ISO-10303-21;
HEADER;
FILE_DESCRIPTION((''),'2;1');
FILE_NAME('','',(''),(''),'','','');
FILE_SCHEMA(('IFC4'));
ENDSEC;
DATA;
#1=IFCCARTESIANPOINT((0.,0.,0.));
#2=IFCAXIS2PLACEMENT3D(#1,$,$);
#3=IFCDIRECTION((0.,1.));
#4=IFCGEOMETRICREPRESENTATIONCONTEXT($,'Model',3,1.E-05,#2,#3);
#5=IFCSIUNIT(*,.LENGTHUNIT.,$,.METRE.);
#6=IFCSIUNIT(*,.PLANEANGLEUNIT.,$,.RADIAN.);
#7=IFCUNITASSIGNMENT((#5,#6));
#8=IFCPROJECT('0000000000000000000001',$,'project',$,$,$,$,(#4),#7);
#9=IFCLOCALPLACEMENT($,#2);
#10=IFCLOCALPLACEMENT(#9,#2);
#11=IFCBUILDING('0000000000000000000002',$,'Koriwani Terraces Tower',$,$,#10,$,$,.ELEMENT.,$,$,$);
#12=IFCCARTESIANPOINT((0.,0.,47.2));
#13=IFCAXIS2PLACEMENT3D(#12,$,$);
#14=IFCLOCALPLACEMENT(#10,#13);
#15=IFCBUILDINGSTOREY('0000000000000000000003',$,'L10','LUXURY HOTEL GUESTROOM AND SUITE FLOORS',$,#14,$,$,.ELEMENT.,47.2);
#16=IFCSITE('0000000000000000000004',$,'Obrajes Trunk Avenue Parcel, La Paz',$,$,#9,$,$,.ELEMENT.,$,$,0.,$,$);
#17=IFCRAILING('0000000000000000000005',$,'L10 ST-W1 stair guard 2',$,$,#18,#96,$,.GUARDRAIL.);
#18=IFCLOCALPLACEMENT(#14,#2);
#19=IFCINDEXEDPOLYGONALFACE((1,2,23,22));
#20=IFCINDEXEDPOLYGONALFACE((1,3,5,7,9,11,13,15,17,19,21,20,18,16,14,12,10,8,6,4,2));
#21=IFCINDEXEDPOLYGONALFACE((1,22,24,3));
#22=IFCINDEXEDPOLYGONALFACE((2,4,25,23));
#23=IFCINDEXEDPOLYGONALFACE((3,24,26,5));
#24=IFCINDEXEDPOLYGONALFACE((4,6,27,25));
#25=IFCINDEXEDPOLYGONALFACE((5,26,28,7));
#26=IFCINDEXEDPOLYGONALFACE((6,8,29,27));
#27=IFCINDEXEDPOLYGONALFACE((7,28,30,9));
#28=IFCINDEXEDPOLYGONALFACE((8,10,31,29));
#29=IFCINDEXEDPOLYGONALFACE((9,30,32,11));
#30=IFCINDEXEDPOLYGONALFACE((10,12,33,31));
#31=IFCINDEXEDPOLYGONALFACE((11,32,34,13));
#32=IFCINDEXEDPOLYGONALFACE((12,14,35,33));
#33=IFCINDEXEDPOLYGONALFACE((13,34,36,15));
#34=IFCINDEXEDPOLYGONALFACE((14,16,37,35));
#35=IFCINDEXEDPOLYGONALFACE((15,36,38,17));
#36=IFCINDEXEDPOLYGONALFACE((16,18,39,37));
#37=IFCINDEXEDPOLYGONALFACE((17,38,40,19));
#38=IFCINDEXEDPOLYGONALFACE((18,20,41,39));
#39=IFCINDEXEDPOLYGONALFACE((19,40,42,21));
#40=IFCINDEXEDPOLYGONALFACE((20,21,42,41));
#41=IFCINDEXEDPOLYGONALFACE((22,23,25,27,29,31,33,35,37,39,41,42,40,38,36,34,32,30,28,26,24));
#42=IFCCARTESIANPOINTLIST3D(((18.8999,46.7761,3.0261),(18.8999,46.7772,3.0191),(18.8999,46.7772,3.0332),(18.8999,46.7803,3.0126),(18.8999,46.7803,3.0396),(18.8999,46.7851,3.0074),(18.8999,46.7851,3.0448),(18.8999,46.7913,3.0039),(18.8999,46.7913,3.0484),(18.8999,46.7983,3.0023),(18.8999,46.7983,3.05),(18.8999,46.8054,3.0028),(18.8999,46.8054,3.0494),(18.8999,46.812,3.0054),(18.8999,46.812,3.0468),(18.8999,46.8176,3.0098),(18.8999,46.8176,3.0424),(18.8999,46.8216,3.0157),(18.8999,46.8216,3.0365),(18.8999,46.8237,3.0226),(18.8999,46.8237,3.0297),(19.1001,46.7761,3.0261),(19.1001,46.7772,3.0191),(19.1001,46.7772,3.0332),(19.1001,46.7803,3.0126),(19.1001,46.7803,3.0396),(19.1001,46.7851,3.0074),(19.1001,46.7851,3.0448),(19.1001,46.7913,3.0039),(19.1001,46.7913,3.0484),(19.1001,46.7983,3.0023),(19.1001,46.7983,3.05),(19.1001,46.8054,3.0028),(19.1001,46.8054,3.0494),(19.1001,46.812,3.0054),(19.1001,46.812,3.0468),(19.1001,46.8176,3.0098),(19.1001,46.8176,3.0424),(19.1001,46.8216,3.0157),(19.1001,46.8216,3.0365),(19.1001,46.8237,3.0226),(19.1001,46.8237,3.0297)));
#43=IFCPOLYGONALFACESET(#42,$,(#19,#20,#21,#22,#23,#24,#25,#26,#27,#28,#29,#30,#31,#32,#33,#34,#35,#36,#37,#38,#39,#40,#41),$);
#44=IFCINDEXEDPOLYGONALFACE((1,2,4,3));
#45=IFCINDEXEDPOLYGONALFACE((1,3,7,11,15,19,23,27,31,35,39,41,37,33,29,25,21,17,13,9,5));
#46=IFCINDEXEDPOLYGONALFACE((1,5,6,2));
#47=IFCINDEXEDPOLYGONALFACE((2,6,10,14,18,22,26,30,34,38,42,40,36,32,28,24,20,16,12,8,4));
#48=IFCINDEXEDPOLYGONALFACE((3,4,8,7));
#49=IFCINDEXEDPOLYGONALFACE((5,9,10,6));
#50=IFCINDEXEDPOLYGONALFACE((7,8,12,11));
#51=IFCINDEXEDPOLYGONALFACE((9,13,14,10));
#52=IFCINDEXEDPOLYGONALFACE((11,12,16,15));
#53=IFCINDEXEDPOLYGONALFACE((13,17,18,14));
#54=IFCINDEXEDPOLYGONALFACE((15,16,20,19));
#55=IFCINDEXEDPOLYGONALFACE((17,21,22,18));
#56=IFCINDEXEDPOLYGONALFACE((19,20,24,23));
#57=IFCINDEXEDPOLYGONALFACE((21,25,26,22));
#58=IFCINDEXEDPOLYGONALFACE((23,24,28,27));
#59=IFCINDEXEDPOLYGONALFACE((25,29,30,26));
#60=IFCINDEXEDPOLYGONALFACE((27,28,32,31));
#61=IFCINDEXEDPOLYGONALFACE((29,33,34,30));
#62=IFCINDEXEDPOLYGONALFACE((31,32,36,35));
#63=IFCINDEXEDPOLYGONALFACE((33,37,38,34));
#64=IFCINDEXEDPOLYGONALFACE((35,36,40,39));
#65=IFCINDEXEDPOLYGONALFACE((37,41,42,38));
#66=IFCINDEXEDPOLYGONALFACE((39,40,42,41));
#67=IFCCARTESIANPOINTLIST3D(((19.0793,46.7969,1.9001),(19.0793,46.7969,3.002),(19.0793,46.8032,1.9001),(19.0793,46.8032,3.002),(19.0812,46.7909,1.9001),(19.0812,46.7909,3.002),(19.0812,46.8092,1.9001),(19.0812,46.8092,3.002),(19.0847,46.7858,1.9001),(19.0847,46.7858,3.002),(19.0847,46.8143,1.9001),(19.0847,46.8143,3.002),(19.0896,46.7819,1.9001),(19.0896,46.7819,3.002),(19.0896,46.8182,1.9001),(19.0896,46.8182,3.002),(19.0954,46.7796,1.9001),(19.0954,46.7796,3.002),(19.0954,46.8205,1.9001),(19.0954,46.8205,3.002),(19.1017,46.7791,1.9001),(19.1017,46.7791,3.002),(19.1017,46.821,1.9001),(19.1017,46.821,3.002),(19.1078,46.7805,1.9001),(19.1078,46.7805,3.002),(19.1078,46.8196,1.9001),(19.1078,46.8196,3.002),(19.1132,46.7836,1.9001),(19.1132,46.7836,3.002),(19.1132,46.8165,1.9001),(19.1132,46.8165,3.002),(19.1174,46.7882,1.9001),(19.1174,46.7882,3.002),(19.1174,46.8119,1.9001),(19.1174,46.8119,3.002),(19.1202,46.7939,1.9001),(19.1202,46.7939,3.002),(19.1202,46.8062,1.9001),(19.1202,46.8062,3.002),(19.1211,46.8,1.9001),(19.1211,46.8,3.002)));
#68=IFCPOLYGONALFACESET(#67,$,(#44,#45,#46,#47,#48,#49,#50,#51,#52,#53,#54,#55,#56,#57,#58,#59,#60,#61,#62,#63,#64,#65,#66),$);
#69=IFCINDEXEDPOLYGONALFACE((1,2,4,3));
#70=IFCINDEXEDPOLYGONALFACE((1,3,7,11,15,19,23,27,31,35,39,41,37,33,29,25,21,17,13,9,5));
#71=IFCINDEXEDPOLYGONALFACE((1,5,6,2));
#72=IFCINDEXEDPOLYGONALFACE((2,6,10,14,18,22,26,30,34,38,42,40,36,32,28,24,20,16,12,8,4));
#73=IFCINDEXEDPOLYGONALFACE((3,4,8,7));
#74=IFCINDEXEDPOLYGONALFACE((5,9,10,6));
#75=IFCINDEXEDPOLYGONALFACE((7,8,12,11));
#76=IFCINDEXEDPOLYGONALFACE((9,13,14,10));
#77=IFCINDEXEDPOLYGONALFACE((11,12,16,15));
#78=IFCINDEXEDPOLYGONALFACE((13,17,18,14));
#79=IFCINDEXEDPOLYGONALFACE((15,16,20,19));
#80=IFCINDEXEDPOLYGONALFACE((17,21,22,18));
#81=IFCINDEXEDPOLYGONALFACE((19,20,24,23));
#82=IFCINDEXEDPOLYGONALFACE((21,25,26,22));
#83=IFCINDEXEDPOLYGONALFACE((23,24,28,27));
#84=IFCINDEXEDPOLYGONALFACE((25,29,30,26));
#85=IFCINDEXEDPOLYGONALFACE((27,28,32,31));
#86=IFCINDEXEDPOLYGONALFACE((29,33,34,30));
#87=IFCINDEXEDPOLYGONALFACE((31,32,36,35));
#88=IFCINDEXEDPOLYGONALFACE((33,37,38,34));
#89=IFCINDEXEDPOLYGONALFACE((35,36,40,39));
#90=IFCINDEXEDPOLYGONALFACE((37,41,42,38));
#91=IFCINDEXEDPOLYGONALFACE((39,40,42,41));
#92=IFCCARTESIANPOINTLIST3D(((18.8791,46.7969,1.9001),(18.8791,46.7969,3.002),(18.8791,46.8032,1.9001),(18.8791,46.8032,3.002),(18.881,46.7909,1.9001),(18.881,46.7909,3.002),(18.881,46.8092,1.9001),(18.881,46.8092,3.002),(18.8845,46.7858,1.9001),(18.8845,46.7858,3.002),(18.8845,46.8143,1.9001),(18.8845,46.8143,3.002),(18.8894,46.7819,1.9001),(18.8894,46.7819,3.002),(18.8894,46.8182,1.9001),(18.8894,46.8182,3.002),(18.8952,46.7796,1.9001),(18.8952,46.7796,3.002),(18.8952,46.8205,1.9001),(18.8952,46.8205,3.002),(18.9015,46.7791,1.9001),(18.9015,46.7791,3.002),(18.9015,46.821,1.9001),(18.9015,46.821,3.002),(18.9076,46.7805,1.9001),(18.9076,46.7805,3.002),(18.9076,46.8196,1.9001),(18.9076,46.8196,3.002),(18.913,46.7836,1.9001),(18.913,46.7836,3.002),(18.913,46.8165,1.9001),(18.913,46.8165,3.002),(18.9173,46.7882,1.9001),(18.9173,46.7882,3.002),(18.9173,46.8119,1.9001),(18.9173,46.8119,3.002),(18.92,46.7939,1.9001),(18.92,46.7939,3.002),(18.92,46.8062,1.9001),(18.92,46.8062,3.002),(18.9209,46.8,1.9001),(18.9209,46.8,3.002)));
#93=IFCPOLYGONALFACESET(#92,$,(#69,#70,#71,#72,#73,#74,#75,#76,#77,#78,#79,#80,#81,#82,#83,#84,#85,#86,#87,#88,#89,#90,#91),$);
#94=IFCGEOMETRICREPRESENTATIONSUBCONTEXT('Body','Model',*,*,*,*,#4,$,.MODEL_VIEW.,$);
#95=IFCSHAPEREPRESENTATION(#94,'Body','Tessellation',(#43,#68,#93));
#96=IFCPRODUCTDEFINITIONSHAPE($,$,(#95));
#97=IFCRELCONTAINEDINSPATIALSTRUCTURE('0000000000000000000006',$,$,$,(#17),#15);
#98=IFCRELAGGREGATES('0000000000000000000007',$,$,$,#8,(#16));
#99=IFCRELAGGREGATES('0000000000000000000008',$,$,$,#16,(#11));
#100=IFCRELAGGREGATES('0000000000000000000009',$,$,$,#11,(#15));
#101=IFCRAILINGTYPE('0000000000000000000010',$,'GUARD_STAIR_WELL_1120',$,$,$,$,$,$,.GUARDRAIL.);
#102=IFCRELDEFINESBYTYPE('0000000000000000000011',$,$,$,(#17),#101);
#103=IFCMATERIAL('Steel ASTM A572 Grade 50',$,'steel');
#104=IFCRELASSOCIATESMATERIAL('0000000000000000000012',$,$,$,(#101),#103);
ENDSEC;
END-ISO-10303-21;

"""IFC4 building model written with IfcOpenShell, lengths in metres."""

from ifc_helpers import new_model, si_unit, direction, frame, origin, origin_2d, place, context, subcontext, project, spatial, circle, extrude, material, type_object, element, save


model = new_model("IFC4")

# Units and contexts
model_context = context("Model", 3, precision=1e-05, world=origin(), true_north=direction((0.0, 1.0)))
body_context = subcontext(model_context, "Body", "Model", "MODEL_VIEW")
ifc_project = project(units=[si_unit("LENGTHUNIT", "METRE"), si_unit("PLANEANGLEUNIT", "RADIAN")], contexts=[model_context])

# Site, building, storey
site_placement = place(None, origin())
site = spatial("IfcSite", under=ifc_project, at=site_placement, Name="Obrajes Trunk Avenue Parcel, La Paz", CompositionType="ELEMENT", RefElevation=0.0)
building_placement = place(site_placement, origin())
building = spatial("IfcBuilding", under=site, at=building_placement, Name="Koriwani Terraces Tower", CompositionType="ELEMENT")
storey_placement = place(building_placement, frame((0.0, 0.0, 47.2)))
storey = spatial("IfcBuildingStorey", under=building, at=storey_placement, Name="L10", Description="LUXURY HOTEL GUESTROOM AND SUITE FLOORS", CompositionType="ELEMENT", Elevation=47.2)

# Shared definitions
ifc_material_1 = material(Name="Steel ASTM A572 Grade 50", Category="steel")

# Railing
railing_type_1 = type_object("IfcRailingType", Name="GUARD_STAIR_WELL_1120", PredefinedType="GUARDRAIL", material=ifc_material_1)
railing_1_placement = place(storey_placement, frame((19.1001, 46.8, 1.9001)))
element("IfcRailing", 1, at=railing_1_placement, inside=storey, type_object=railing_type_1, Name="L10 ST-W1 stair guard 2", PredefinedType="GUARDRAIL", context=body_context, shape_type="SweptSolid", body=[
    extrude(circle(Radius=0.0239, at=origin_2d()), frame((0.0, 0.0, 1.126), z_axis=(-1.0, 0.0, 0.0), x_axis=(0.0, -1.0, 0.0)), (0.0, 0.0, 1.0), 0.2002),
    extrude(circle(Radius=0.021, at=origin_2d()), origin(), (0.0, 0.0, 1.0), 1.1018),
    extrude(circle(Radius=0.021, at=origin_2d()), frame((-0.2002, 0.0, 0.0)), (0.0, 0.0, 1.0), 1.1018),
])

save(model, "model.ifc")
